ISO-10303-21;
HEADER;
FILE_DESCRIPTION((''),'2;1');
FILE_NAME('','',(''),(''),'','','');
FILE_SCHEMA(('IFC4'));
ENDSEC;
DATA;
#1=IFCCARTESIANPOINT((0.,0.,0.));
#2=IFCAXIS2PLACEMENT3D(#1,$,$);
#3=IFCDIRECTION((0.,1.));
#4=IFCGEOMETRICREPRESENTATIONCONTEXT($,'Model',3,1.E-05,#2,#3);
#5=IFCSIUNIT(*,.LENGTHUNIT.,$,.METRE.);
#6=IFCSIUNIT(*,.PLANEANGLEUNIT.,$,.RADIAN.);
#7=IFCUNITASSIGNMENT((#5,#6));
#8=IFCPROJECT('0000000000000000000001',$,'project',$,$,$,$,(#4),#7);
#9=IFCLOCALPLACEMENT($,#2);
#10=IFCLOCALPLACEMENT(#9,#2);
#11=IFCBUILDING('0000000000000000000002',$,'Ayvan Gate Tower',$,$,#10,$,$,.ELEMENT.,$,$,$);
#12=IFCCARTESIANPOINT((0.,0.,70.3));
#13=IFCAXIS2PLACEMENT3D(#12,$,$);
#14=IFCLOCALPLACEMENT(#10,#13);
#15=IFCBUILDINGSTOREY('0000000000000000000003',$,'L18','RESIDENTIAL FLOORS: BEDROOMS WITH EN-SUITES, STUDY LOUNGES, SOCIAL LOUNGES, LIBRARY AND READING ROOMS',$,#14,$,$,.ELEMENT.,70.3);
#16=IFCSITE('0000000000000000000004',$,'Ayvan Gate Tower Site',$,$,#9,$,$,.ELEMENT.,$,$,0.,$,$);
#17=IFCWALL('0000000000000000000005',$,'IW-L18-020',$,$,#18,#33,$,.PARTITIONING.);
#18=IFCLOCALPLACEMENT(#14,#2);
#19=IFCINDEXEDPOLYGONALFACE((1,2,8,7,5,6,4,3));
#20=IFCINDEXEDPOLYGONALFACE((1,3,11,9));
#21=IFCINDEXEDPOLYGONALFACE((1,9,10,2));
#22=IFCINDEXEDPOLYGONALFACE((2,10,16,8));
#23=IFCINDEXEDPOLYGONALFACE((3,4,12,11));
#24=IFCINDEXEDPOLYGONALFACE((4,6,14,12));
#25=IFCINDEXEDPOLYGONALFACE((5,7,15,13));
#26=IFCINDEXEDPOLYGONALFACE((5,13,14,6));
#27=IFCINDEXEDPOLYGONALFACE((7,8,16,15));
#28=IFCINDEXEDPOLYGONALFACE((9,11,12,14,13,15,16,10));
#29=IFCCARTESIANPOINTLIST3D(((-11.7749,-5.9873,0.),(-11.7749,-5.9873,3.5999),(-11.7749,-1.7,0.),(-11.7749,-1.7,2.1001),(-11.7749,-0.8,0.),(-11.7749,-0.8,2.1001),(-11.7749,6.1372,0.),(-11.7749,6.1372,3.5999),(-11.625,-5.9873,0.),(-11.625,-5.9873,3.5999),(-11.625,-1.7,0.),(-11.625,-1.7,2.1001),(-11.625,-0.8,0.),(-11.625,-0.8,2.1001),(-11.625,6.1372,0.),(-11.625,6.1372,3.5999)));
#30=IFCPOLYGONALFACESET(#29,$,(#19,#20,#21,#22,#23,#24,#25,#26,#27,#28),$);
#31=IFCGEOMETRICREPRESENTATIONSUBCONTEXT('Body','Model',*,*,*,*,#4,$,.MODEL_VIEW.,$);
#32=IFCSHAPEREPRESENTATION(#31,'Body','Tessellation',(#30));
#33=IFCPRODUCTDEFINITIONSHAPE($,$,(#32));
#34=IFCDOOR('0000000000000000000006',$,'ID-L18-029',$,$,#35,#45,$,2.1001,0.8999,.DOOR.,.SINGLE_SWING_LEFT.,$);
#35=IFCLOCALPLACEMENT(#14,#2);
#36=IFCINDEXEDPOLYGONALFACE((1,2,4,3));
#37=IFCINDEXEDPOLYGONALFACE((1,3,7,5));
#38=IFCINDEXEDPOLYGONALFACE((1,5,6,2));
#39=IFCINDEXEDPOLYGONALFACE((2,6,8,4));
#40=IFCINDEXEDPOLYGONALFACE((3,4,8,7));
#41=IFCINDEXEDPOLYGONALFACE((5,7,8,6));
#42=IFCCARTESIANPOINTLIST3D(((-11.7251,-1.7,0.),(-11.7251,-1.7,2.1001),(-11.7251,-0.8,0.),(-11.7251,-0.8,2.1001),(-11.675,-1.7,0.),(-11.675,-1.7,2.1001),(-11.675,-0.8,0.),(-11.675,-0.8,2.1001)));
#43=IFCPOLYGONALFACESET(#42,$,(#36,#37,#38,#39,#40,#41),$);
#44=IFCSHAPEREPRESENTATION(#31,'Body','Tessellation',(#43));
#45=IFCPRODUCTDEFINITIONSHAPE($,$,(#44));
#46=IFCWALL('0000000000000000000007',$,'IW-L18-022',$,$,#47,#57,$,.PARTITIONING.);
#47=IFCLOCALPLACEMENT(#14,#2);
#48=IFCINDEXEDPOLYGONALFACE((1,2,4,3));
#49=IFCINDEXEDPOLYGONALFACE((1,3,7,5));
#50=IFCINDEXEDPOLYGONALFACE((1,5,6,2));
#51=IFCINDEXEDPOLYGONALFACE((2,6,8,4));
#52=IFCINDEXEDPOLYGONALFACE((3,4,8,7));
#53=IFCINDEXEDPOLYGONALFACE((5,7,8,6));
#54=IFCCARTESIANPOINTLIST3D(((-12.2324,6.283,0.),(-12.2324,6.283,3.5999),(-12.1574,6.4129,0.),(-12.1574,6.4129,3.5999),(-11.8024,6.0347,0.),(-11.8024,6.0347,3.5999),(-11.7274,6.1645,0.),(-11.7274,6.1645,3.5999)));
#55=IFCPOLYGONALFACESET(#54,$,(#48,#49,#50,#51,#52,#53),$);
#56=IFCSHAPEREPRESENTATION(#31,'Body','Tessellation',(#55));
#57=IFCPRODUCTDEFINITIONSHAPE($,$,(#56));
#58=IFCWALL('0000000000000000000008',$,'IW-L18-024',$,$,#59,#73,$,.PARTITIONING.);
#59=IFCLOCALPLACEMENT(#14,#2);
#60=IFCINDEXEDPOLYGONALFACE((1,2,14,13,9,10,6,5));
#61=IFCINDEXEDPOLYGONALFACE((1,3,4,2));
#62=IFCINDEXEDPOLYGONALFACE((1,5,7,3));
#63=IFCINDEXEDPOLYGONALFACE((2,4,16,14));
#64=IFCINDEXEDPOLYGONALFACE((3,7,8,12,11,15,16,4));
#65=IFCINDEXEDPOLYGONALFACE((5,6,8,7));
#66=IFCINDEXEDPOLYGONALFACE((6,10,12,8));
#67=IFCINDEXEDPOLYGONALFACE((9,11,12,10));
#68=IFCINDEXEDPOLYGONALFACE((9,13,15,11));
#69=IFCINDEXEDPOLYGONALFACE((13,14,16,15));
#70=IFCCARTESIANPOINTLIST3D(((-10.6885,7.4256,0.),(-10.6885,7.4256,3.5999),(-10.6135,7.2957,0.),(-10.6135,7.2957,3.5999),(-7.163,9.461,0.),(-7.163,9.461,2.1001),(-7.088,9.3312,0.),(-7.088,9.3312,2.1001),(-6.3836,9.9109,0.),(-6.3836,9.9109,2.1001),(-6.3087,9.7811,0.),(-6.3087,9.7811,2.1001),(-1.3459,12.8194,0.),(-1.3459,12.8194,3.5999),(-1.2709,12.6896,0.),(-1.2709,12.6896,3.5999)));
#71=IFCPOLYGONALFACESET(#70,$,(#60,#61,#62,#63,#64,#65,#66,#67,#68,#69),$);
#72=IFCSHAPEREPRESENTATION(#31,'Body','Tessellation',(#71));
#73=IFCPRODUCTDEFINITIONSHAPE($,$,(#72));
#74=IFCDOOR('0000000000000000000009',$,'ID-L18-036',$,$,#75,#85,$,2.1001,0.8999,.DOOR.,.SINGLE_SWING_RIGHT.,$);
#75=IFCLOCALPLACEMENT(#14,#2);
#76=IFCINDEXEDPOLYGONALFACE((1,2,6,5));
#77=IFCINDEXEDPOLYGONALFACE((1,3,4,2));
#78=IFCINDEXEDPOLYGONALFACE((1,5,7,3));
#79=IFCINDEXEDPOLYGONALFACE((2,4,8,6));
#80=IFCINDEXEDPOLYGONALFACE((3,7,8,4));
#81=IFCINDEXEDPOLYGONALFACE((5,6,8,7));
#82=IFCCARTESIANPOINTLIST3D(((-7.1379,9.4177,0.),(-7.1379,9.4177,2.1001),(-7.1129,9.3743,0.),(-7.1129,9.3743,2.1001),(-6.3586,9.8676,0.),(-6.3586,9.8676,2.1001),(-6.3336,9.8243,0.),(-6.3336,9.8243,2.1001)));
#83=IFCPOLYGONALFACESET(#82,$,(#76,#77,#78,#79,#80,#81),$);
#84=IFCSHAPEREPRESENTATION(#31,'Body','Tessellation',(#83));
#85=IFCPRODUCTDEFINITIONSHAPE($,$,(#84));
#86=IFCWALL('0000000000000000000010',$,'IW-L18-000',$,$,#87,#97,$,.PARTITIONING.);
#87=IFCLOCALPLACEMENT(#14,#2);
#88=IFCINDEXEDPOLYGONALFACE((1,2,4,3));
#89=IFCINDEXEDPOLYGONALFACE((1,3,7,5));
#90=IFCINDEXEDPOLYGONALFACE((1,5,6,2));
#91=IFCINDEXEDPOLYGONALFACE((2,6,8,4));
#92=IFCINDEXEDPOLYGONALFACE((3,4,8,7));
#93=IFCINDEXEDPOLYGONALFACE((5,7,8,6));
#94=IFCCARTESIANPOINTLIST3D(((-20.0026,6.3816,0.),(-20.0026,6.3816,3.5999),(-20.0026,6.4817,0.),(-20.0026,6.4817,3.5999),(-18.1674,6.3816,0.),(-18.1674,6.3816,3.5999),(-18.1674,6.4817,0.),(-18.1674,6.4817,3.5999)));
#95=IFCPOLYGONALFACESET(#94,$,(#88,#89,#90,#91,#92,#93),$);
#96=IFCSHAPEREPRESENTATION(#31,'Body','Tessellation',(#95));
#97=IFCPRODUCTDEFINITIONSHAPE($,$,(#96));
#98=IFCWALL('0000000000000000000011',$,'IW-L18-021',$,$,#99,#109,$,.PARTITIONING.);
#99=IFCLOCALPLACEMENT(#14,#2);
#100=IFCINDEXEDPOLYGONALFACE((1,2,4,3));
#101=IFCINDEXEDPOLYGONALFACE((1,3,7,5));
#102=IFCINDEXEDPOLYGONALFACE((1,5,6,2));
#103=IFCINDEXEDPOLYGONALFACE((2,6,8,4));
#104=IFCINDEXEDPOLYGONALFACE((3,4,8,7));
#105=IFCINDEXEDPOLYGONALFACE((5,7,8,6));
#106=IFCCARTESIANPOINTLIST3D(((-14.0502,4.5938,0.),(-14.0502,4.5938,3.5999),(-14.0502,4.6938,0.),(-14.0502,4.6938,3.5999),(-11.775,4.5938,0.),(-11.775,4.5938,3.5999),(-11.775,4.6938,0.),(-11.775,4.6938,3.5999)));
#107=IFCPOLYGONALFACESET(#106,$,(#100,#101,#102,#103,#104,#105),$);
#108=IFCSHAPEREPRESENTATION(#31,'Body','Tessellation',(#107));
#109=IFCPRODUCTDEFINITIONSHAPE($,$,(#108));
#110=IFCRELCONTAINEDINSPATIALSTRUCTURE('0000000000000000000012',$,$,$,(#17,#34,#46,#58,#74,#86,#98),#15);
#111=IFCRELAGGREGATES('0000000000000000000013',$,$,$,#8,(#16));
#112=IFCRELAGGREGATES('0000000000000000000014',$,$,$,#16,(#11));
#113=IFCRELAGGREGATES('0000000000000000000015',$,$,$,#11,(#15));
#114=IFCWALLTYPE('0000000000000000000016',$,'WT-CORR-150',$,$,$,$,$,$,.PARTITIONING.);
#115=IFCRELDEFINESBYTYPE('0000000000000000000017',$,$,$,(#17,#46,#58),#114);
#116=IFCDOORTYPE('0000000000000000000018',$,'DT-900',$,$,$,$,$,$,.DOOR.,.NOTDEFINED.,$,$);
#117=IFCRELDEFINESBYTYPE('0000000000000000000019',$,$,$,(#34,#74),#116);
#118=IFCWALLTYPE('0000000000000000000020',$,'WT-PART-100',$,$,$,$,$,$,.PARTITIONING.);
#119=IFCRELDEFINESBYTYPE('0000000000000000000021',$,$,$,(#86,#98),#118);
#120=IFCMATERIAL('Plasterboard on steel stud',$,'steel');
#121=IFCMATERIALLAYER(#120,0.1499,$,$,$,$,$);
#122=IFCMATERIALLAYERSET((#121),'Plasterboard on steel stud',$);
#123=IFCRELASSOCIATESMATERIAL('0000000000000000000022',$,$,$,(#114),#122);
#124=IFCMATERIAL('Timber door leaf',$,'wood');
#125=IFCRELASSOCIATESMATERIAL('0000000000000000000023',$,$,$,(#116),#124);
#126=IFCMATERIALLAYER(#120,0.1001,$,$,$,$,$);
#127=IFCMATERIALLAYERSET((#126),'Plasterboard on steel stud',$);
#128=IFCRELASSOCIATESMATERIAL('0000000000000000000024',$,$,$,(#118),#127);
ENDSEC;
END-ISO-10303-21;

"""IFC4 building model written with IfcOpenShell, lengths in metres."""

from ifc_helpers import new_model, si_unit, direction, frame, frame_2d, origin, place, context, subcontext, project, spatial, rectangle, extrude, material, layer, layer_set, type_object, element, fill, save


model = new_model("IFC4")

# Units and contexts
model_context = context("Model", 3, precision=1e-05, world=origin(), true_north=direction((0.0, 1.0)))
body_context = subcontext(model_context, "Body", "Model", "MODEL_VIEW")
ifc_project = project(units=[si_unit("LENGTHUNIT", "METRE"), si_unit("PLANEANGLEUNIT", "RADIAN")], contexts=[model_context])

# Site, building, storey
site_placement = place(None, origin())
site = spatial("IfcSite", under=ifc_project, at=site_placement, Name="Ayvan Gate Tower Site", CompositionType="ELEMENT", RefElevation=0.0)
building_placement = place(site_placement, origin())
building = spatial("IfcBuilding", under=site, at=building_placement, Name="Ayvan Gate Tower", CompositionType="ELEMENT")
storey_placement = place(building_placement, frame((0.0, 0.0, 70.3)))
storey = spatial("IfcBuildingStorey", under=building, at=storey_placement, Name="L18", Description="RESIDENTIAL FLOORS: BEDROOMS WITH EN-SUITES, STUDY LOUNGES, SOCIAL LOUNGES, LIBRARY AND READING ROOMS", CompositionType="ELEMENT", Elevation=70.3)

# Shared definitions
ifc_material_1 = material(Name="Plasterboard on steel stud", Category="steel")
ifc_layer_1 = layer(ifc_material_1, 0.1499)
ifc_layer_set_1 = layer_set([ifc_layer_1], Name="Plasterboard on steel stud")
wall_type_1 = type_object("IfcWallType", Name="WT-CORR-150", PredefinedType="PARTITIONING", material=ifc_layer_set_1)
ifc_material_2 = material(Name="Timber door leaf", Category="wood")

# Wall, opening, door
door_type_1 = type_object("IfcDoorType", Name="DT-900", OperationType="NOTDEFINED", PredefinedType="DOOR", material=ifc_material_2)
wall_1_placement = place(storey_placement, frame((-11.7, 6.1372, 0.0), z_axis=(0.0, 0.0, 1.0), x_axis=(0.0, -1.0, 0.0)))
wall_1 = element("IfcWall", 1, at=wall_1_placement, inside=storey, type_object=wall_type_1, Name="IW-L18-020", PredefinedType="PARTITIONING", context=body_context, shape_type="SweptSolid", body=[
    extrude(rectangle(XDim=12.1245, YDim=0.1499, at=frame_2d((6.0623, 0.0))), origin(), (0.0, 0.0, 1.0), 3.5999),
])
opening_1_placement = place(wall_1_placement, frame((6.9373, 0.0, 0.0)))
opening_1 = element("IfcOpeningElement", 2, at=opening_1_placement, cuts=wall_1, PredefinedType="OPENING", context=body_context, shape_type="SweptSolid", body=[
    extrude(rectangle(XDim=0.8999, YDim=2.1001, at=frame_2d((0.45, 1.05))), frame((0.0, 0.085, 0.0), z_axis=(0.0, -1.0, 0.0), x_axis=(1.0, 0.0, 0.0)), (0.0, 0.0, 1.0), 0.1699),
])
door_1_placement = place(opening_1_placement, origin())
door_1 = element("IfcDoor", 3, at=door_1_placement, inside=storey, type_object=door_type_1, Name="ID-L18-029", OperationType="SINGLE_SWING_LEFT", OverallHeight=2.1001, OverallWidth=0.8999, PredefinedType="DOOR", context=body_context, shape_type="SweptSolid", body=[
    extrude(rectangle(XDim=0.8999, YDim=2.1001, at=frame_2d((0.45, 1.05))), frame((0.0, 0.0249, 0.0), z_axis=(0.0, -1.0, 0.0), x_axis=(1.0, 0.0, 0.0)), (0.0, 0.0, 1.0), 0.05),
])
fill(opening_1, door_1)

# Wall
wall_2_placement = place(storey_placement, frame((-11.7649, 6.0996, 0.0), z_axis=(0.0, 0.0, 1.0), x_axis=(-0.865964, 0.500106, 0.0)))
element("IfcWall", 4, at=wall_2_placement, inside=storey, type_object=wall_type_1, Name="IW-L18-022", PredefinedType="PARTITIONING", context=body_context, shape_type="SweptSolid", body=[
    extrude(rectangle(XDim=0.4966, YDim=0.1499, at=frame_2d((0.2483, 0.0))), origin(), (0.0, 0.0, 1.0), 3.5999),
])

# Wall, opening, door
wall_3_placement = place(storey_placement, frame((-10.6511, 7.3606, 0.0), z_axis=(0.0, 0.0, 1.0), x_axis=(0.86603, 0.499992, 0.0)))
wall_3 = element("IfcWall", 5, at=wall_3_placement, inside=storey, type_object=wall_type_1, Name="IW-L18-024", PredefinedType="PARTITIONING", context=body_context, shape_type="SweptSolid", body=[
    extrude(rectangle(XDim=10.7878, YDim=0.1499, at=frame_2d((5.394, 0.0))), origin(), (0.0, 0.0, 1.0), 3.5999),
])
opening_2_placement = place(wall_3_placement, frame((4.071, 0.0, 0.0)))
opening_2 = element("IfcOpeningElement", 6, at=opening_2_placement, cuts=wall_3, PredefinedType="OPENING", context=body_context, shape_type="SweptSolid", body=[
    extrude(rectangle(XDim=0.8999, YDim=2.1001, at=frame_2d((0.45, 1.05))), frame((0.0, 0.085, 0.0), z_axis=(0.0, -1.0, 0.0), x_axis=(1.0, 0.0, 0.0)), (0.0, 0.0, 1.0), 0.1699),
])
door_2_placement = place(opening_2_placement, origin())
door_2 = element("IfcDoor", 7, at=door_2_placement, inside=storey, type_object=door_type_1, Name="ID-L18-036", OperationType="SINGLE_SWING_RIGHT", OverallHeight=2.1001, OverallWidth=0.8999, PredefinedType="DOOR", context=body_context, shape_type="SweptSolid", body=[
    extrude(rectangle(XDim=0.8999, YDim=2.1001, at=frame_2d((0.45, 1.05))), frame((0.0, 0.0249, 0.0), z_axis=(0.0, -1.0, 0.0), x_axis=(1.0, 0.0, 0.0)), (0.0, 0.0, 1.0), 0.05),
])
fill(opening_2, door_2)

# Walls
ifc_layer_2 = layer(ifc_material_1, 0.1001)
ifc_layer_set_2 = layer_set([ifc_layer_2], Name="Plasterboard on steel stud")
wall_type_2 = type_object("IfcWallType", Name="WT-PART-100", PredefinedType="PARTITIONING", material=ifc_layer_set_2)
wall_4_placement = place(storey_placement, frame((-18.1675, 6.4316, 0.0), z_axis=(0.0, 0.0, 1.0), x_axis=(-1.0, 0.0, 0.0)))
element("IfcWall", 8, at=wall_4_placement, inside=storey, type_object=wall_type_2, Name="IW-L18-000", PredefinedType="PARTITIONING", context=body_context, shape_type="SweptSolid", body=[
    extrude(rectangle(XDim=1.8352, YDim=0.1001, at=frame_2d((0.9175, 0.0))), origin(), (0.0, 0.0, 1.0), 3.5999),
])
wall_5_placement = place(storey_placement, frame((-11.7749, 4.6438, 0.0), z_axis=(0.0, 0.0, 1.0), x_axis=(-1.0, 0.0, 0.0)))
element("IfcWall", 9, at=wall_5_placement, inside=storey, type_object=wall_type_2, Name="IW-L18-021", PredefinedType="PARTITIONING", context=body_context, shape_type="SweptSolid", body=[
    extrude(rectangle(XDim=2.2751, YDim=0.1001, at=frame_2d((1.1377, 0.0))), origin(), (0.0, 0.0, 1.0), 3.5999),
])

save(model, "model.ifc")
